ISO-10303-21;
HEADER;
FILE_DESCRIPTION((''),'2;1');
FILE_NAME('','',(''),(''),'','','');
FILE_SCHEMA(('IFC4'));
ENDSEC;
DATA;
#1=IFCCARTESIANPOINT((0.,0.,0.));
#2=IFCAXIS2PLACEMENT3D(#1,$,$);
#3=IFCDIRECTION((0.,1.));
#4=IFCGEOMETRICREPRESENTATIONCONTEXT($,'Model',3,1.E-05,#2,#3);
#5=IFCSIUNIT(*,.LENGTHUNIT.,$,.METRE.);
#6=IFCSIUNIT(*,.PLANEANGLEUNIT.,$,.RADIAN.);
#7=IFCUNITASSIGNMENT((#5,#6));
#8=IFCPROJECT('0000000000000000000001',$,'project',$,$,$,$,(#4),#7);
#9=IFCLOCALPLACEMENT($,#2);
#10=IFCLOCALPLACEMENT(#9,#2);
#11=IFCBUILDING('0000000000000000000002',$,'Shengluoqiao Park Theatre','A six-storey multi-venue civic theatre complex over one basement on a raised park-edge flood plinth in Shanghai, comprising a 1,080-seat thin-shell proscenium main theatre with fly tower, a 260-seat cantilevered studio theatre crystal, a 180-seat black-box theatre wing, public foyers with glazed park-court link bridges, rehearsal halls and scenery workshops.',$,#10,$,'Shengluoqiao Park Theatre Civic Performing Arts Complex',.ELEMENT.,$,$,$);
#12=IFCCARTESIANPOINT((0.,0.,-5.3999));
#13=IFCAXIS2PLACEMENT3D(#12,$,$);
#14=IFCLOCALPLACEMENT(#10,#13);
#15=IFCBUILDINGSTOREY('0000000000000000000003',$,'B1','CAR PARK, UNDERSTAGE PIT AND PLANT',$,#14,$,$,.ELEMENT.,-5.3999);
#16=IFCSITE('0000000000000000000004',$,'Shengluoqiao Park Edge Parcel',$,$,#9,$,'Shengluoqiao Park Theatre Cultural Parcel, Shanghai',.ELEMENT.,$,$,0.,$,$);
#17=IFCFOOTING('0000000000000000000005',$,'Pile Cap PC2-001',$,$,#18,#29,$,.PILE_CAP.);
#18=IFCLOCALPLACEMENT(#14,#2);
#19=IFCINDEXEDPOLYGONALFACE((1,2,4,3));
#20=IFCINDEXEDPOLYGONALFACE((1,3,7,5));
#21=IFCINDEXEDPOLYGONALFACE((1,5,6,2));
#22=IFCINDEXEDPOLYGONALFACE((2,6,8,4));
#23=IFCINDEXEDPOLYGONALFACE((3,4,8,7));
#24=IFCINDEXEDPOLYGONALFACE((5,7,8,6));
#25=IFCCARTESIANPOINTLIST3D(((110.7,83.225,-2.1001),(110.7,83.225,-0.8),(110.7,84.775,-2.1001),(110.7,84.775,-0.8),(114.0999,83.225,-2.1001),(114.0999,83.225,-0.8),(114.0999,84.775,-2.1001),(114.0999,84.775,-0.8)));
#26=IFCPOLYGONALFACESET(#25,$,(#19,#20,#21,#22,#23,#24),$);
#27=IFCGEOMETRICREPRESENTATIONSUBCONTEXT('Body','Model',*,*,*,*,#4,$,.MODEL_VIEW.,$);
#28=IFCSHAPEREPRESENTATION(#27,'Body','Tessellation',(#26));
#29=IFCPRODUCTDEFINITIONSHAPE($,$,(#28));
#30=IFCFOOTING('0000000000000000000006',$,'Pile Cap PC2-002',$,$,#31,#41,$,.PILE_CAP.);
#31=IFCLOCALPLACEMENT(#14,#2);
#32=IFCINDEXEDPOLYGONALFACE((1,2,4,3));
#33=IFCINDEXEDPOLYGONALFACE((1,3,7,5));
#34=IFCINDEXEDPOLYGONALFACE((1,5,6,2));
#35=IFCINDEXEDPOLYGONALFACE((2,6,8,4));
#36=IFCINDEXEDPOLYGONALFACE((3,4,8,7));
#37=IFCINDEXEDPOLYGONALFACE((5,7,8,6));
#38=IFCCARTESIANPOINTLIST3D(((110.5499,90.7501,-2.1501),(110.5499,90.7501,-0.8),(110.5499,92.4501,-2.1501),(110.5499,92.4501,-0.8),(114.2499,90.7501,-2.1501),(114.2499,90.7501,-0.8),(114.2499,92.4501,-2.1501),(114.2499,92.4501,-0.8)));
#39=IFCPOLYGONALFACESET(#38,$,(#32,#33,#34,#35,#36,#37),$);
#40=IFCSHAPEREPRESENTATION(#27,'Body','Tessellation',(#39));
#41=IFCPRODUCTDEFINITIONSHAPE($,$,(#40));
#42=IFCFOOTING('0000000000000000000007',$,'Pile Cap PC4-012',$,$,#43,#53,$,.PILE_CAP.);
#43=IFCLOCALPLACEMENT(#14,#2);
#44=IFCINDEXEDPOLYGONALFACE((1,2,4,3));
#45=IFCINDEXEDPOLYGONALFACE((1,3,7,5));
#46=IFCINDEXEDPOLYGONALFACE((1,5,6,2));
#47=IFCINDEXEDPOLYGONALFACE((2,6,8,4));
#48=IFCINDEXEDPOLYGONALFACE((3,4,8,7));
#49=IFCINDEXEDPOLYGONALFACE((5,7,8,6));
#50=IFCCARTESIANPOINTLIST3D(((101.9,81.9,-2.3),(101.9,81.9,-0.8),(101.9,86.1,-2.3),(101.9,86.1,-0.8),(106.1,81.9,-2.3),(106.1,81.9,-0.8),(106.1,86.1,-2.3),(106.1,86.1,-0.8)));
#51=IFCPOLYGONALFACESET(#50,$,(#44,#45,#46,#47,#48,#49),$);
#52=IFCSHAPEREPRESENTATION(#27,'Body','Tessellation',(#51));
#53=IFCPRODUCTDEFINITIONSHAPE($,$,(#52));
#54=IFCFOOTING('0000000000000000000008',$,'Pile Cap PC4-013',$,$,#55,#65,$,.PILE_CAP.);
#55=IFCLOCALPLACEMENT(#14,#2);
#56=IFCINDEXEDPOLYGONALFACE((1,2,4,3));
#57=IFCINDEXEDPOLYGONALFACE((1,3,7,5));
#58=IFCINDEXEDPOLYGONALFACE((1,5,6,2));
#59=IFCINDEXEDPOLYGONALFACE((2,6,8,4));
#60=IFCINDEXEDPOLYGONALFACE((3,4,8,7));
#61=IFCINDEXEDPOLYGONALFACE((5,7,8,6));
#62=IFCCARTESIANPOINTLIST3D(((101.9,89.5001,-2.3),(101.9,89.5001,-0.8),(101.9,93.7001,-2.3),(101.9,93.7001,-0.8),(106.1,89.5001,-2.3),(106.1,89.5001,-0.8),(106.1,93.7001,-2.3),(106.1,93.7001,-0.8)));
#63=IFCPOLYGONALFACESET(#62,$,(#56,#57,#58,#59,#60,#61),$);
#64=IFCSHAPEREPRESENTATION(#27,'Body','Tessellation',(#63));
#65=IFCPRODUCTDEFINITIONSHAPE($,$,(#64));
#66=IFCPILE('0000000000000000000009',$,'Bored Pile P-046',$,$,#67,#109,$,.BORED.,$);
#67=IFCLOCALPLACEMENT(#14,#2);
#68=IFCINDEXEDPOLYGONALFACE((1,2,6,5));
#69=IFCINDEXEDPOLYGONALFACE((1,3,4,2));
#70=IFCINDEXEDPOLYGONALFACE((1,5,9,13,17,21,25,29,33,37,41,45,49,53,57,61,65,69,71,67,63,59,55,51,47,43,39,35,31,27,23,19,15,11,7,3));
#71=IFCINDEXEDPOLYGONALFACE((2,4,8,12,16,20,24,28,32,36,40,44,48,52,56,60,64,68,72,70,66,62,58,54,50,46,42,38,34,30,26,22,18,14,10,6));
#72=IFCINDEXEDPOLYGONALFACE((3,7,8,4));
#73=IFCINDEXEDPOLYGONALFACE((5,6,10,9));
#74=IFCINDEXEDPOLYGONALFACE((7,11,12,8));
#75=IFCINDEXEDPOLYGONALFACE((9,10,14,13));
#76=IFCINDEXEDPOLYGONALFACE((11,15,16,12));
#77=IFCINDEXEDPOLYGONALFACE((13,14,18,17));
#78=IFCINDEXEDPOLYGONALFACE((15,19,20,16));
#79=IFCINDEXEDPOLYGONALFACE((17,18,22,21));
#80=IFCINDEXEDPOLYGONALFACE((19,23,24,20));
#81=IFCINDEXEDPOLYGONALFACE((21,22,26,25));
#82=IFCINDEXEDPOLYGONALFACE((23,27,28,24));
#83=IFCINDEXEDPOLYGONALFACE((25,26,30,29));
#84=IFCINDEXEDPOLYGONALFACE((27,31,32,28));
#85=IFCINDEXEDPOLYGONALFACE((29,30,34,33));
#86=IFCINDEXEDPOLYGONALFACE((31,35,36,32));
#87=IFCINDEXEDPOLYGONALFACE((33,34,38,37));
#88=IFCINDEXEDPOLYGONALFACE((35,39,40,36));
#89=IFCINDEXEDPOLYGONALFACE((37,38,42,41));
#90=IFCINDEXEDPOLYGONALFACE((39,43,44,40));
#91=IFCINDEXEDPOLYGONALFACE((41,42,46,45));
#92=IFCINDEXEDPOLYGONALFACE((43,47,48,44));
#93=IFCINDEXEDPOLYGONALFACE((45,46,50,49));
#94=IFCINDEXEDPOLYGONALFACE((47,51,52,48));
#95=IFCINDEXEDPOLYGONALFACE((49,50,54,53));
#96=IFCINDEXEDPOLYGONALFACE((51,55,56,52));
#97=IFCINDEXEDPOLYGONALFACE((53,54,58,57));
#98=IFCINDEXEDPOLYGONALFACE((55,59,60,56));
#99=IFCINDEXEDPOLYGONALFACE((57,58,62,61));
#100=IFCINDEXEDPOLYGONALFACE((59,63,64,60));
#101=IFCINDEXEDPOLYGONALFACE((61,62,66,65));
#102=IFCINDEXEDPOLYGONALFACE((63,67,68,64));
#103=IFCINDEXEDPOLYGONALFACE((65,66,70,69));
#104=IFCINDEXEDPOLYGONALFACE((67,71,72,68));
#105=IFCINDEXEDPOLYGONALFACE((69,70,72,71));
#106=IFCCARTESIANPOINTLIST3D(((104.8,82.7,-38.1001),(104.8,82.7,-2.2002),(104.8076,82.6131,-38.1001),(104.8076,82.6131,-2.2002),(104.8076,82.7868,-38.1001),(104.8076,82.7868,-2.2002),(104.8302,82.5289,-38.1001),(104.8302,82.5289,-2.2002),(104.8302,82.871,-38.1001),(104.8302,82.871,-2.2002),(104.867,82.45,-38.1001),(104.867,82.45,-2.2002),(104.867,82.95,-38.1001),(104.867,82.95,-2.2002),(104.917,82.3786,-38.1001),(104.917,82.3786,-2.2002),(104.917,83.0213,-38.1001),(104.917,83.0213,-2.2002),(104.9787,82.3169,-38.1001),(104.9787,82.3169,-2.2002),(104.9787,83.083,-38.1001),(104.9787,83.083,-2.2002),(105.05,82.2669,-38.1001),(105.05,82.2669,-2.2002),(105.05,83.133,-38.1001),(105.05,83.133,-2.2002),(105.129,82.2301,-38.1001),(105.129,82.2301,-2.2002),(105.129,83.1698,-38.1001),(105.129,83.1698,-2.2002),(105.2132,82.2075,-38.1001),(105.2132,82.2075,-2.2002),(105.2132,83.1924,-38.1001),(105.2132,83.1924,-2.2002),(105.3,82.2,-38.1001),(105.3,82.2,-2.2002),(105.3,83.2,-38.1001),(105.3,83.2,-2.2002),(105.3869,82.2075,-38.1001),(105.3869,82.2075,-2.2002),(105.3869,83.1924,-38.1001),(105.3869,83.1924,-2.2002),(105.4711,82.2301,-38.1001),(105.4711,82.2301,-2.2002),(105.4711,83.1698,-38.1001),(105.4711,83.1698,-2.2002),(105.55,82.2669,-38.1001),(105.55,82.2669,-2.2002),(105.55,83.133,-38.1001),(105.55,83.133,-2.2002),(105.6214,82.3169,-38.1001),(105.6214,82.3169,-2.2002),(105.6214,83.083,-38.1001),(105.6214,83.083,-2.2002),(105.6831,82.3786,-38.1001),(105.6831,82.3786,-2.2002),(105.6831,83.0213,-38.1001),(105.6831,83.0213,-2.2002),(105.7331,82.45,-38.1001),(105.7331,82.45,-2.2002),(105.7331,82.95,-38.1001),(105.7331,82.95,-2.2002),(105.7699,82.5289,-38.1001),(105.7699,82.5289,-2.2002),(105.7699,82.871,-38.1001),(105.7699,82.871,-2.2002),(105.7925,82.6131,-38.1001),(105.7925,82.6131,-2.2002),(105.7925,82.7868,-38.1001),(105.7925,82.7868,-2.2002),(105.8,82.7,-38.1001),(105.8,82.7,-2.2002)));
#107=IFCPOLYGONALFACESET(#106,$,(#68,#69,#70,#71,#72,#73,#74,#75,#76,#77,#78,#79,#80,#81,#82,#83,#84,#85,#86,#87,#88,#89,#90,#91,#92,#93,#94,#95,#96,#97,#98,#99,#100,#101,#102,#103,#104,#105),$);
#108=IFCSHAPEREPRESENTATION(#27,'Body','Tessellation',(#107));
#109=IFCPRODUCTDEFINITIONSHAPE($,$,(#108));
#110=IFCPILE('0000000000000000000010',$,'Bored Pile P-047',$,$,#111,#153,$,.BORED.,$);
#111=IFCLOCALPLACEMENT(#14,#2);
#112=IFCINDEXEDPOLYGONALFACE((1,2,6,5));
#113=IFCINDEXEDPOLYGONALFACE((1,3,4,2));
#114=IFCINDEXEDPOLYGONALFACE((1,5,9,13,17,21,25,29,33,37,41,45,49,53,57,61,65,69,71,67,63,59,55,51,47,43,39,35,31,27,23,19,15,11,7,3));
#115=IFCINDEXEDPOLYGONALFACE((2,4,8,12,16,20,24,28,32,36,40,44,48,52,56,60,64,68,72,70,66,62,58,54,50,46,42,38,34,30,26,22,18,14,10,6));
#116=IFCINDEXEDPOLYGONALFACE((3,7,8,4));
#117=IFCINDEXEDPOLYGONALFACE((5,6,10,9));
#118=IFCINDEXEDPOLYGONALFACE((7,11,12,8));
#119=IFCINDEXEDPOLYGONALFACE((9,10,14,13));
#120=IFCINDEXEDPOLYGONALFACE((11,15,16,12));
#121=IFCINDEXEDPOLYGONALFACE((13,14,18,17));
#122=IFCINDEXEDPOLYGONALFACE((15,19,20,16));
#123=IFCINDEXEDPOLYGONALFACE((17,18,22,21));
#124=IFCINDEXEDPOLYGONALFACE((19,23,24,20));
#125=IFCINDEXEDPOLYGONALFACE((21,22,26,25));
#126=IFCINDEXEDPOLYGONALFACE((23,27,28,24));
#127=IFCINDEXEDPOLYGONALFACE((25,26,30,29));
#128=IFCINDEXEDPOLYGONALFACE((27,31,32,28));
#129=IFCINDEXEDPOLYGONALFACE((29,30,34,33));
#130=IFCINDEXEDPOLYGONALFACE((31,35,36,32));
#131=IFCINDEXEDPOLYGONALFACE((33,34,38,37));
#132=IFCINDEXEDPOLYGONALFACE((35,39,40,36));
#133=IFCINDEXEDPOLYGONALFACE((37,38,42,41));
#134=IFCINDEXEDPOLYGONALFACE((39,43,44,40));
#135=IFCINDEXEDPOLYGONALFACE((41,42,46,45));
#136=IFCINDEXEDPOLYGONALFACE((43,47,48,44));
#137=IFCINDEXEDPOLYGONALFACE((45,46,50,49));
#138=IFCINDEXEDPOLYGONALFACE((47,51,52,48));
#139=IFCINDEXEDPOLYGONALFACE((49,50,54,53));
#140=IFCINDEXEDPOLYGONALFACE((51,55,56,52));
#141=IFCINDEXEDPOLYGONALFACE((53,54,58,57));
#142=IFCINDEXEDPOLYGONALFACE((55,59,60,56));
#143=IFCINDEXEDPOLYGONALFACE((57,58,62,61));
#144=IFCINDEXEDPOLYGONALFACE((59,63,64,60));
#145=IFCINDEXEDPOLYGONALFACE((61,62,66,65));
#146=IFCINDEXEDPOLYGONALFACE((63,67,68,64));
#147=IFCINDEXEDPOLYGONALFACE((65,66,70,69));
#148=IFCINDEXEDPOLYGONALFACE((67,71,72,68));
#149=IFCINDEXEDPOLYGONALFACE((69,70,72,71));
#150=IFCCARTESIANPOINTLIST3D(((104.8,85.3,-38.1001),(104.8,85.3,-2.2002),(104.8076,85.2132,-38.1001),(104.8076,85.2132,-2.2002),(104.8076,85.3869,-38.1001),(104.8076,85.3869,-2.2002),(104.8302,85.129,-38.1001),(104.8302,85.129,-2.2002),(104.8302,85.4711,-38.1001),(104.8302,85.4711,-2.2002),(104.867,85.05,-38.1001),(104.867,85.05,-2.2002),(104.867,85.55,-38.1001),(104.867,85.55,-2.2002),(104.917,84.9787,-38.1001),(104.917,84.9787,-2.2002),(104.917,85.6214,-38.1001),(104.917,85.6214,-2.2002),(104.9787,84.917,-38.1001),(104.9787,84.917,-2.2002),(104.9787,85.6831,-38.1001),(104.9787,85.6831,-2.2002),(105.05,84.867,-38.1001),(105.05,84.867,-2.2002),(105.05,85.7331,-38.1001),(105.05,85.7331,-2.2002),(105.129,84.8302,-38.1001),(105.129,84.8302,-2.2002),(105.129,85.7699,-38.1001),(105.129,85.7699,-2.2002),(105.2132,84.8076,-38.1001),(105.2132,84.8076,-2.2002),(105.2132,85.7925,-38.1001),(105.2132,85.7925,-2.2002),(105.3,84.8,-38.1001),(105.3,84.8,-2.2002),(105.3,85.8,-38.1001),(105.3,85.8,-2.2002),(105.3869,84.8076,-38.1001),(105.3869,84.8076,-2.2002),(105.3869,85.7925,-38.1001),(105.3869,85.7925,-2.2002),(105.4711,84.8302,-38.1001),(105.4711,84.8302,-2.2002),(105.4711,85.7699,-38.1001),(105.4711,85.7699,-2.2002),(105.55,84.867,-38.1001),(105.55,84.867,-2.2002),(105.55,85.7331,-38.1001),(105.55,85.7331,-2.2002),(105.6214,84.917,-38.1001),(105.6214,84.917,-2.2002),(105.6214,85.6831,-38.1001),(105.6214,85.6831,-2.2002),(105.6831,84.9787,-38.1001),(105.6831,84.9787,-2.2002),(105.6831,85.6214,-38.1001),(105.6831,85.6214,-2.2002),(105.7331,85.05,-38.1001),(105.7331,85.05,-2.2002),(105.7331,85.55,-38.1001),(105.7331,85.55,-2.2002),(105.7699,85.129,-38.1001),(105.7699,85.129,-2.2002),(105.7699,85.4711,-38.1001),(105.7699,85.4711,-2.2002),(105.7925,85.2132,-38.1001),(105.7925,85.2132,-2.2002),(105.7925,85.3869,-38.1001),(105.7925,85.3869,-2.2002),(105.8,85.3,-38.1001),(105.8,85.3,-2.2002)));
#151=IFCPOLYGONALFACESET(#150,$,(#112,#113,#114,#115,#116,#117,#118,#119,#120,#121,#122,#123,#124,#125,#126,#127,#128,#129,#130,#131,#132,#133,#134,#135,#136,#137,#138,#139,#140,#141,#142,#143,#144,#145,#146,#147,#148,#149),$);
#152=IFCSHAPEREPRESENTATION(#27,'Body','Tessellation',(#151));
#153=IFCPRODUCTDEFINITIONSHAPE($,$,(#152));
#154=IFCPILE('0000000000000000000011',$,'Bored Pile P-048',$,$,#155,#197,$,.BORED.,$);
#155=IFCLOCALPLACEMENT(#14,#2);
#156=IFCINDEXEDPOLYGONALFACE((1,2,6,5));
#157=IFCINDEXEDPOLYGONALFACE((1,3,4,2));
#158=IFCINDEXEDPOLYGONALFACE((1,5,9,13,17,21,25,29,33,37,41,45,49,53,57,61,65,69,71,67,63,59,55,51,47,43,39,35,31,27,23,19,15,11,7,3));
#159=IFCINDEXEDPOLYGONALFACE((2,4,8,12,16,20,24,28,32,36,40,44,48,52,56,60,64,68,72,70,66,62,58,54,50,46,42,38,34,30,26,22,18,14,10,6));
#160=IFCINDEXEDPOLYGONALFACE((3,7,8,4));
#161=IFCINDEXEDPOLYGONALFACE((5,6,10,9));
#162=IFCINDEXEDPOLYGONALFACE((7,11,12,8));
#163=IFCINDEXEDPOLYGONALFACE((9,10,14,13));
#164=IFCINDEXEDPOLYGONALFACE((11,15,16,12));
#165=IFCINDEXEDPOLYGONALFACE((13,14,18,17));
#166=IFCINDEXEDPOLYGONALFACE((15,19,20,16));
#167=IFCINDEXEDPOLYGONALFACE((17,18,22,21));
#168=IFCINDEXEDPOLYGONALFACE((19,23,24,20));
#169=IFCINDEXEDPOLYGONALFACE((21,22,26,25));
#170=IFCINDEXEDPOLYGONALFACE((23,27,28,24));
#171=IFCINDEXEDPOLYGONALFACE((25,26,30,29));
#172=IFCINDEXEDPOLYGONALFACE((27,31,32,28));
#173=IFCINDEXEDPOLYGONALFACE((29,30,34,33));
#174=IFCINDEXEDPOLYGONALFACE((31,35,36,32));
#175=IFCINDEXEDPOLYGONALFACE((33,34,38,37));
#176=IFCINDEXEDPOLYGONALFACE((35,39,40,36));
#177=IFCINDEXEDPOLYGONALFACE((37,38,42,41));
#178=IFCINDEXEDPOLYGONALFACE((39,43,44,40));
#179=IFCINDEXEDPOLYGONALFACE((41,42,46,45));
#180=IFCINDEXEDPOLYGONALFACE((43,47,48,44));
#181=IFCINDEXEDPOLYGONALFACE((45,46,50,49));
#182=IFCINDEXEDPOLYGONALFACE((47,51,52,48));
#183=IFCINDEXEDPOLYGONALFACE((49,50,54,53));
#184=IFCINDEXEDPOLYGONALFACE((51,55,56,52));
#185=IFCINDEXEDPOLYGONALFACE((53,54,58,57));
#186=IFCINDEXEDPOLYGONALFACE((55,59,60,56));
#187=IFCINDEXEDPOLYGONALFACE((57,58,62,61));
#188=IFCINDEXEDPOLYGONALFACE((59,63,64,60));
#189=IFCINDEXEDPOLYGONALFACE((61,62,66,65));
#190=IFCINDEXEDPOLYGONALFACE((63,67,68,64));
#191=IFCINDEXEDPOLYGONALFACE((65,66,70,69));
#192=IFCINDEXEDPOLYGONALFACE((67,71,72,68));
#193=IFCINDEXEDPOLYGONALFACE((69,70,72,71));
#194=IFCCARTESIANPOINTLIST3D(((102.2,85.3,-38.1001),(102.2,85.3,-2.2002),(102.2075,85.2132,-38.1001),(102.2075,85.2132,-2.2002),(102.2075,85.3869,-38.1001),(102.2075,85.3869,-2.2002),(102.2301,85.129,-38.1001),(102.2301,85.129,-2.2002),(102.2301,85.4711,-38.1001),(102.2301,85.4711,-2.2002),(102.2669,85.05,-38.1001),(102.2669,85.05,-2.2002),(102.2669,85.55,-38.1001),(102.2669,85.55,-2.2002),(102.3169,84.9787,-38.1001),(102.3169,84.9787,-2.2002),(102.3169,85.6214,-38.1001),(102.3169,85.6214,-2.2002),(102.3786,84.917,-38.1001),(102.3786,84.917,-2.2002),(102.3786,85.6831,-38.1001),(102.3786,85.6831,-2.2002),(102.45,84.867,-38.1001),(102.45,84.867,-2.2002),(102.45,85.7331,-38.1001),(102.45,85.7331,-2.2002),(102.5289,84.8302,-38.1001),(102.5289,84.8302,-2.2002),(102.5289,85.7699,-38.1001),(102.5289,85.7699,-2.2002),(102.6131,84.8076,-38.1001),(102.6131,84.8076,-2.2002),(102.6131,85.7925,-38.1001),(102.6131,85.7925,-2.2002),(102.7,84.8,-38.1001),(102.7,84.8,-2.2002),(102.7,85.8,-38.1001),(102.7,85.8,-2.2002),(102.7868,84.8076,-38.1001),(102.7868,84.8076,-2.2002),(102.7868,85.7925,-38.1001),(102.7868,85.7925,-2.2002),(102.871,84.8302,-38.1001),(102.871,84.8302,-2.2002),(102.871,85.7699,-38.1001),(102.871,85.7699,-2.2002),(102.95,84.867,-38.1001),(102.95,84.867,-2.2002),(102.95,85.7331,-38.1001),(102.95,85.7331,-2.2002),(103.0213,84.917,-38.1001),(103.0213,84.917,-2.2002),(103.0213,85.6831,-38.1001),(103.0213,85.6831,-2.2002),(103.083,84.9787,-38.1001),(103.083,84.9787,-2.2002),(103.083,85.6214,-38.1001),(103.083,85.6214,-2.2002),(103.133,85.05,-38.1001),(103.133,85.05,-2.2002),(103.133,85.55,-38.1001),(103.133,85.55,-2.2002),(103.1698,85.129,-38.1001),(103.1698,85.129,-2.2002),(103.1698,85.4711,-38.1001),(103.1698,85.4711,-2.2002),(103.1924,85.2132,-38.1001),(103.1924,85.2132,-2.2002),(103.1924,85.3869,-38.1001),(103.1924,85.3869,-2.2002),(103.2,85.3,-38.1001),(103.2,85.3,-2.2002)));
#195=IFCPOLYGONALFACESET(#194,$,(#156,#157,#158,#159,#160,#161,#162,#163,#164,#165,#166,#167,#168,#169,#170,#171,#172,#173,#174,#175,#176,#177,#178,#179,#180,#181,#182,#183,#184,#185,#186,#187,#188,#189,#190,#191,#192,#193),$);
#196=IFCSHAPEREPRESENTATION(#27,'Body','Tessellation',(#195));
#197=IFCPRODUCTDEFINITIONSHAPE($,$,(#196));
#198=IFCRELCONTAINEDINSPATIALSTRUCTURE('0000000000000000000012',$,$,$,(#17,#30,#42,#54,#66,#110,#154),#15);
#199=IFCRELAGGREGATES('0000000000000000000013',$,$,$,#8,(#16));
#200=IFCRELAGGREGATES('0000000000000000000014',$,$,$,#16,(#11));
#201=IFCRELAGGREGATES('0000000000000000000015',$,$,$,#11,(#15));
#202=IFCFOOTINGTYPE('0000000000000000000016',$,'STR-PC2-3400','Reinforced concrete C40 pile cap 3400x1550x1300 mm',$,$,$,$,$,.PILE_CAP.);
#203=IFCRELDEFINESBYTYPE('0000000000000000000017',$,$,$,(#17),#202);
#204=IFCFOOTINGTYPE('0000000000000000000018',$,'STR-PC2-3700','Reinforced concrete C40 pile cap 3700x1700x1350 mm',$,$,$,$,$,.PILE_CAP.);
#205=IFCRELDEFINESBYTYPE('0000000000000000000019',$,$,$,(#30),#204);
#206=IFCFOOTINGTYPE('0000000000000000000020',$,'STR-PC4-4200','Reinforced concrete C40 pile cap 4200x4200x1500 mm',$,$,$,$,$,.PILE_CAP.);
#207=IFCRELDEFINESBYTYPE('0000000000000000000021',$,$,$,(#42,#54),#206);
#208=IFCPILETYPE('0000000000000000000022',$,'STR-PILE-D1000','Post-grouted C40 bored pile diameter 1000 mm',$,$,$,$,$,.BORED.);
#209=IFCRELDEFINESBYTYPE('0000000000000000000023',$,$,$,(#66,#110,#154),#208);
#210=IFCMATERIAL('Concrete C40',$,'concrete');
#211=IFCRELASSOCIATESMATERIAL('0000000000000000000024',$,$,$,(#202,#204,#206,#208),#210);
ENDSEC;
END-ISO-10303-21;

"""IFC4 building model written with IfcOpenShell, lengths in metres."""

from ifc_helpers import new_model, si_unit, direction, frame, origin, origin_2d, place, context, subcontext, project, spatial, rectangle, circle, extrude, material, material_profile, profile_set, type_object, element, save


model = new_model("IFC4")

# Units and contexts
model_context = context("Model", 3, precision=1e-05, world=origin(), true_north=direction((0.0, 1.0)))
body_context = subcontext(model_context, "Body", "Model", "MODEL_VIEW")
ifc_project = project(units=[si_unit("LENGTHUNIT", "METRE"), si_unit("PLANEANGLEUNIT", "RADIAN")], contexts=[model_context])

# Site, building, storey
site_placement = place(None, origin())
site = spatial("IfcSite", under=ifc_project, at=site_placement, Name="Shengluoqiao Park Edge Parcel", LongName="Shengluoqiao Park Theatre Cultural Parcel, Shanghai", CompositionType="ELEMENT", RefElevation=0.0)
building_placement = place(site_placement, origin())
building = spatial("IfcBuilding", under=site, at=building_placement, Name="Shengluoqiao Park Theatre", Description="A six-storey multi-venue civic theatre complex over one basement on a raised park-edge flood plinth in Shanghai, comprising a 1,080-seat thin-shell proscenium main theatre with fly tower, a 260-seat cantilevered studio theatre crystal, a 180-seat black-box theatre wing, public foyers with glazed park-court link bridges, rehearsal halls and scenery workshops.", LongName="Shengluoqiao Park Theatre Civic Performing Arts Complex", CompositionType="ELEMENT")
storey_placement = place(building_placement, frame((0.0, 0.0, -5.3999)))
storey = spatial("IfcBuildingStorey", under=building, at=storey_placement, Name="B1", Description="CAR PARK, UNDERSTAGE PIT AND PLANT", CompositionType="ELEMENT", Elevation=-5.3999)

# Footings
ifc_material_1 = material(Name="Concrete C40", Category="concrete")
footing_type_1 = type_object("IfcFootingType", Name="STR-PC2-3400", Description="Reinforced concrete C40 pile cap 3400x1550x1300 mm", PredefinedType="PILE_CAP", material=ifc_material_1)
footing_1_placement = place(storey_placement, frame((112.3999, 84.0, -2.1001), z_axis=(0.0, 0.0, 1.0), x_axis=(1.0, 0.0, 0.0)))
element("IfcFooting", 1, at=footing_1_placement, inside=storey, type_object=footing_type_1, Name="Pile Cap PC2-001", PredefinedType="PILE_CAP", context=body_context, shape_type="SweptSolid", body=[
    extrude(rectangle(XDim=3.3999, YDim=1.55, at=origin_2d()), origin(), (0.0, 0.0, 1.0), 1.3),
])
footing_type_2 = type_object("IfcFootingType", Name="STR-PC2-3700", Description="Reinforced concrete C40 pile cap 3700x1700x1350 mm", PredefinedType="PILE_CAP", material=ifc_material_1)
footing_2_placement = place(storey_placement, frame((112.3999, 91.6001, -2.1501), z_axis=(0.0, 0.0, 1.0), x_axis=(1.0, 0.0, 0.0)))
element("IfcFooting", 2, at=footing_2_placement, inside=storey, type_object=footing_type_2, Name="Pile Cap PC2-002", PredefinedType="PILE_CAP", context=body_context, shape_type="SweptSolid", body=[
    extrude(rectangle(XDim=3.7, YDim=1.7, at=origin_2d()), origin(), (0.0, 0.0, 1.0), 1.3501),
])
footing_type_3 = type_object("IfcFootingType", Name="STR-PC4-4200", Description="Reinforced concrete C40 pile cap 4200x4200x1500 mm", PredefinedType="PILE_CAP", material=ifc_material_1)
for number, where, z_axis, x_axis, name in (
    (3, (104.0, 84.0, -2.3), (0.0, 0.0, 1.0), (1.0, 0.0, 0.0), "Pile Cap PC4-012"),
    (4, (104.0, 91.6001, -2.3), (0.0, 0.0, 1.0), (1.0, 0.0, 0.0), "Pile Cap PC4-013"),
):
    element("IfcFooting", number, at=place(storey_placement, frame(where, z_axis=z_axis, x_axis=x_axis)), inside=storey, type_object=footing_type_3, Name=name, PredefinedType="PILE_CAP", context=body_context, shape_type="SweptSolid", body=[
        extrude(rectangle(XDim=4.2, YDim=4.2, at=origin_2d()), origin(), (0.0, 0.0, 1.0), 1.5),
    ])

# Piles
ifc_material_profile_1 = material_profile(ifc_material_1, circle(Radius=0.5, at=origin_2d()), Name="BORED PILE D1000")
ifc_profile_set_1 = profile_set([ifc_material_profile_1], Name="Concrete C40")
pile_type_1 = type_object("IfcPileType", Name="STR-PILE-D1000", Description="Post-grouted C40 bored pile diameter 1000 mm", PredefinedType="BORED", material=ifc_profile_set_1)
for number, where, z_axis, x_axis, name in (
    (5, (105.3, 82.7, -2.2002), (0.0, 0.0, -1.0), (1.0, 0.0, 0.0), "Bored Pile P-046"),
    (6, (105.3, 85.3, -2.2002), (0.0, 0.0, -1.0), (1.0, 0.0, 0.0), "Bored Pile P-047"),
    (7, (102.7, 85.3, -2.2002), (0.0, 0.0, -1.0), (1.0, 0.0, 0.0), "Bored Pile P-048"),
):
    element("IfcPile", number, at=place(storey_placement, frame(where, z_axis=z_axis, x_axis=x_axis)), inside=storey, type_object=pile_type_1, Name=name, PredefinedType="BORED", context=body_context, shape_type="SweptSolid", body=[
        extrude(circle(Radius=0.5, at=origin_2d()), origin(), (0.0, 0.0, 1.0), 35.8999),
    ])

save(model, "model.ifc")
